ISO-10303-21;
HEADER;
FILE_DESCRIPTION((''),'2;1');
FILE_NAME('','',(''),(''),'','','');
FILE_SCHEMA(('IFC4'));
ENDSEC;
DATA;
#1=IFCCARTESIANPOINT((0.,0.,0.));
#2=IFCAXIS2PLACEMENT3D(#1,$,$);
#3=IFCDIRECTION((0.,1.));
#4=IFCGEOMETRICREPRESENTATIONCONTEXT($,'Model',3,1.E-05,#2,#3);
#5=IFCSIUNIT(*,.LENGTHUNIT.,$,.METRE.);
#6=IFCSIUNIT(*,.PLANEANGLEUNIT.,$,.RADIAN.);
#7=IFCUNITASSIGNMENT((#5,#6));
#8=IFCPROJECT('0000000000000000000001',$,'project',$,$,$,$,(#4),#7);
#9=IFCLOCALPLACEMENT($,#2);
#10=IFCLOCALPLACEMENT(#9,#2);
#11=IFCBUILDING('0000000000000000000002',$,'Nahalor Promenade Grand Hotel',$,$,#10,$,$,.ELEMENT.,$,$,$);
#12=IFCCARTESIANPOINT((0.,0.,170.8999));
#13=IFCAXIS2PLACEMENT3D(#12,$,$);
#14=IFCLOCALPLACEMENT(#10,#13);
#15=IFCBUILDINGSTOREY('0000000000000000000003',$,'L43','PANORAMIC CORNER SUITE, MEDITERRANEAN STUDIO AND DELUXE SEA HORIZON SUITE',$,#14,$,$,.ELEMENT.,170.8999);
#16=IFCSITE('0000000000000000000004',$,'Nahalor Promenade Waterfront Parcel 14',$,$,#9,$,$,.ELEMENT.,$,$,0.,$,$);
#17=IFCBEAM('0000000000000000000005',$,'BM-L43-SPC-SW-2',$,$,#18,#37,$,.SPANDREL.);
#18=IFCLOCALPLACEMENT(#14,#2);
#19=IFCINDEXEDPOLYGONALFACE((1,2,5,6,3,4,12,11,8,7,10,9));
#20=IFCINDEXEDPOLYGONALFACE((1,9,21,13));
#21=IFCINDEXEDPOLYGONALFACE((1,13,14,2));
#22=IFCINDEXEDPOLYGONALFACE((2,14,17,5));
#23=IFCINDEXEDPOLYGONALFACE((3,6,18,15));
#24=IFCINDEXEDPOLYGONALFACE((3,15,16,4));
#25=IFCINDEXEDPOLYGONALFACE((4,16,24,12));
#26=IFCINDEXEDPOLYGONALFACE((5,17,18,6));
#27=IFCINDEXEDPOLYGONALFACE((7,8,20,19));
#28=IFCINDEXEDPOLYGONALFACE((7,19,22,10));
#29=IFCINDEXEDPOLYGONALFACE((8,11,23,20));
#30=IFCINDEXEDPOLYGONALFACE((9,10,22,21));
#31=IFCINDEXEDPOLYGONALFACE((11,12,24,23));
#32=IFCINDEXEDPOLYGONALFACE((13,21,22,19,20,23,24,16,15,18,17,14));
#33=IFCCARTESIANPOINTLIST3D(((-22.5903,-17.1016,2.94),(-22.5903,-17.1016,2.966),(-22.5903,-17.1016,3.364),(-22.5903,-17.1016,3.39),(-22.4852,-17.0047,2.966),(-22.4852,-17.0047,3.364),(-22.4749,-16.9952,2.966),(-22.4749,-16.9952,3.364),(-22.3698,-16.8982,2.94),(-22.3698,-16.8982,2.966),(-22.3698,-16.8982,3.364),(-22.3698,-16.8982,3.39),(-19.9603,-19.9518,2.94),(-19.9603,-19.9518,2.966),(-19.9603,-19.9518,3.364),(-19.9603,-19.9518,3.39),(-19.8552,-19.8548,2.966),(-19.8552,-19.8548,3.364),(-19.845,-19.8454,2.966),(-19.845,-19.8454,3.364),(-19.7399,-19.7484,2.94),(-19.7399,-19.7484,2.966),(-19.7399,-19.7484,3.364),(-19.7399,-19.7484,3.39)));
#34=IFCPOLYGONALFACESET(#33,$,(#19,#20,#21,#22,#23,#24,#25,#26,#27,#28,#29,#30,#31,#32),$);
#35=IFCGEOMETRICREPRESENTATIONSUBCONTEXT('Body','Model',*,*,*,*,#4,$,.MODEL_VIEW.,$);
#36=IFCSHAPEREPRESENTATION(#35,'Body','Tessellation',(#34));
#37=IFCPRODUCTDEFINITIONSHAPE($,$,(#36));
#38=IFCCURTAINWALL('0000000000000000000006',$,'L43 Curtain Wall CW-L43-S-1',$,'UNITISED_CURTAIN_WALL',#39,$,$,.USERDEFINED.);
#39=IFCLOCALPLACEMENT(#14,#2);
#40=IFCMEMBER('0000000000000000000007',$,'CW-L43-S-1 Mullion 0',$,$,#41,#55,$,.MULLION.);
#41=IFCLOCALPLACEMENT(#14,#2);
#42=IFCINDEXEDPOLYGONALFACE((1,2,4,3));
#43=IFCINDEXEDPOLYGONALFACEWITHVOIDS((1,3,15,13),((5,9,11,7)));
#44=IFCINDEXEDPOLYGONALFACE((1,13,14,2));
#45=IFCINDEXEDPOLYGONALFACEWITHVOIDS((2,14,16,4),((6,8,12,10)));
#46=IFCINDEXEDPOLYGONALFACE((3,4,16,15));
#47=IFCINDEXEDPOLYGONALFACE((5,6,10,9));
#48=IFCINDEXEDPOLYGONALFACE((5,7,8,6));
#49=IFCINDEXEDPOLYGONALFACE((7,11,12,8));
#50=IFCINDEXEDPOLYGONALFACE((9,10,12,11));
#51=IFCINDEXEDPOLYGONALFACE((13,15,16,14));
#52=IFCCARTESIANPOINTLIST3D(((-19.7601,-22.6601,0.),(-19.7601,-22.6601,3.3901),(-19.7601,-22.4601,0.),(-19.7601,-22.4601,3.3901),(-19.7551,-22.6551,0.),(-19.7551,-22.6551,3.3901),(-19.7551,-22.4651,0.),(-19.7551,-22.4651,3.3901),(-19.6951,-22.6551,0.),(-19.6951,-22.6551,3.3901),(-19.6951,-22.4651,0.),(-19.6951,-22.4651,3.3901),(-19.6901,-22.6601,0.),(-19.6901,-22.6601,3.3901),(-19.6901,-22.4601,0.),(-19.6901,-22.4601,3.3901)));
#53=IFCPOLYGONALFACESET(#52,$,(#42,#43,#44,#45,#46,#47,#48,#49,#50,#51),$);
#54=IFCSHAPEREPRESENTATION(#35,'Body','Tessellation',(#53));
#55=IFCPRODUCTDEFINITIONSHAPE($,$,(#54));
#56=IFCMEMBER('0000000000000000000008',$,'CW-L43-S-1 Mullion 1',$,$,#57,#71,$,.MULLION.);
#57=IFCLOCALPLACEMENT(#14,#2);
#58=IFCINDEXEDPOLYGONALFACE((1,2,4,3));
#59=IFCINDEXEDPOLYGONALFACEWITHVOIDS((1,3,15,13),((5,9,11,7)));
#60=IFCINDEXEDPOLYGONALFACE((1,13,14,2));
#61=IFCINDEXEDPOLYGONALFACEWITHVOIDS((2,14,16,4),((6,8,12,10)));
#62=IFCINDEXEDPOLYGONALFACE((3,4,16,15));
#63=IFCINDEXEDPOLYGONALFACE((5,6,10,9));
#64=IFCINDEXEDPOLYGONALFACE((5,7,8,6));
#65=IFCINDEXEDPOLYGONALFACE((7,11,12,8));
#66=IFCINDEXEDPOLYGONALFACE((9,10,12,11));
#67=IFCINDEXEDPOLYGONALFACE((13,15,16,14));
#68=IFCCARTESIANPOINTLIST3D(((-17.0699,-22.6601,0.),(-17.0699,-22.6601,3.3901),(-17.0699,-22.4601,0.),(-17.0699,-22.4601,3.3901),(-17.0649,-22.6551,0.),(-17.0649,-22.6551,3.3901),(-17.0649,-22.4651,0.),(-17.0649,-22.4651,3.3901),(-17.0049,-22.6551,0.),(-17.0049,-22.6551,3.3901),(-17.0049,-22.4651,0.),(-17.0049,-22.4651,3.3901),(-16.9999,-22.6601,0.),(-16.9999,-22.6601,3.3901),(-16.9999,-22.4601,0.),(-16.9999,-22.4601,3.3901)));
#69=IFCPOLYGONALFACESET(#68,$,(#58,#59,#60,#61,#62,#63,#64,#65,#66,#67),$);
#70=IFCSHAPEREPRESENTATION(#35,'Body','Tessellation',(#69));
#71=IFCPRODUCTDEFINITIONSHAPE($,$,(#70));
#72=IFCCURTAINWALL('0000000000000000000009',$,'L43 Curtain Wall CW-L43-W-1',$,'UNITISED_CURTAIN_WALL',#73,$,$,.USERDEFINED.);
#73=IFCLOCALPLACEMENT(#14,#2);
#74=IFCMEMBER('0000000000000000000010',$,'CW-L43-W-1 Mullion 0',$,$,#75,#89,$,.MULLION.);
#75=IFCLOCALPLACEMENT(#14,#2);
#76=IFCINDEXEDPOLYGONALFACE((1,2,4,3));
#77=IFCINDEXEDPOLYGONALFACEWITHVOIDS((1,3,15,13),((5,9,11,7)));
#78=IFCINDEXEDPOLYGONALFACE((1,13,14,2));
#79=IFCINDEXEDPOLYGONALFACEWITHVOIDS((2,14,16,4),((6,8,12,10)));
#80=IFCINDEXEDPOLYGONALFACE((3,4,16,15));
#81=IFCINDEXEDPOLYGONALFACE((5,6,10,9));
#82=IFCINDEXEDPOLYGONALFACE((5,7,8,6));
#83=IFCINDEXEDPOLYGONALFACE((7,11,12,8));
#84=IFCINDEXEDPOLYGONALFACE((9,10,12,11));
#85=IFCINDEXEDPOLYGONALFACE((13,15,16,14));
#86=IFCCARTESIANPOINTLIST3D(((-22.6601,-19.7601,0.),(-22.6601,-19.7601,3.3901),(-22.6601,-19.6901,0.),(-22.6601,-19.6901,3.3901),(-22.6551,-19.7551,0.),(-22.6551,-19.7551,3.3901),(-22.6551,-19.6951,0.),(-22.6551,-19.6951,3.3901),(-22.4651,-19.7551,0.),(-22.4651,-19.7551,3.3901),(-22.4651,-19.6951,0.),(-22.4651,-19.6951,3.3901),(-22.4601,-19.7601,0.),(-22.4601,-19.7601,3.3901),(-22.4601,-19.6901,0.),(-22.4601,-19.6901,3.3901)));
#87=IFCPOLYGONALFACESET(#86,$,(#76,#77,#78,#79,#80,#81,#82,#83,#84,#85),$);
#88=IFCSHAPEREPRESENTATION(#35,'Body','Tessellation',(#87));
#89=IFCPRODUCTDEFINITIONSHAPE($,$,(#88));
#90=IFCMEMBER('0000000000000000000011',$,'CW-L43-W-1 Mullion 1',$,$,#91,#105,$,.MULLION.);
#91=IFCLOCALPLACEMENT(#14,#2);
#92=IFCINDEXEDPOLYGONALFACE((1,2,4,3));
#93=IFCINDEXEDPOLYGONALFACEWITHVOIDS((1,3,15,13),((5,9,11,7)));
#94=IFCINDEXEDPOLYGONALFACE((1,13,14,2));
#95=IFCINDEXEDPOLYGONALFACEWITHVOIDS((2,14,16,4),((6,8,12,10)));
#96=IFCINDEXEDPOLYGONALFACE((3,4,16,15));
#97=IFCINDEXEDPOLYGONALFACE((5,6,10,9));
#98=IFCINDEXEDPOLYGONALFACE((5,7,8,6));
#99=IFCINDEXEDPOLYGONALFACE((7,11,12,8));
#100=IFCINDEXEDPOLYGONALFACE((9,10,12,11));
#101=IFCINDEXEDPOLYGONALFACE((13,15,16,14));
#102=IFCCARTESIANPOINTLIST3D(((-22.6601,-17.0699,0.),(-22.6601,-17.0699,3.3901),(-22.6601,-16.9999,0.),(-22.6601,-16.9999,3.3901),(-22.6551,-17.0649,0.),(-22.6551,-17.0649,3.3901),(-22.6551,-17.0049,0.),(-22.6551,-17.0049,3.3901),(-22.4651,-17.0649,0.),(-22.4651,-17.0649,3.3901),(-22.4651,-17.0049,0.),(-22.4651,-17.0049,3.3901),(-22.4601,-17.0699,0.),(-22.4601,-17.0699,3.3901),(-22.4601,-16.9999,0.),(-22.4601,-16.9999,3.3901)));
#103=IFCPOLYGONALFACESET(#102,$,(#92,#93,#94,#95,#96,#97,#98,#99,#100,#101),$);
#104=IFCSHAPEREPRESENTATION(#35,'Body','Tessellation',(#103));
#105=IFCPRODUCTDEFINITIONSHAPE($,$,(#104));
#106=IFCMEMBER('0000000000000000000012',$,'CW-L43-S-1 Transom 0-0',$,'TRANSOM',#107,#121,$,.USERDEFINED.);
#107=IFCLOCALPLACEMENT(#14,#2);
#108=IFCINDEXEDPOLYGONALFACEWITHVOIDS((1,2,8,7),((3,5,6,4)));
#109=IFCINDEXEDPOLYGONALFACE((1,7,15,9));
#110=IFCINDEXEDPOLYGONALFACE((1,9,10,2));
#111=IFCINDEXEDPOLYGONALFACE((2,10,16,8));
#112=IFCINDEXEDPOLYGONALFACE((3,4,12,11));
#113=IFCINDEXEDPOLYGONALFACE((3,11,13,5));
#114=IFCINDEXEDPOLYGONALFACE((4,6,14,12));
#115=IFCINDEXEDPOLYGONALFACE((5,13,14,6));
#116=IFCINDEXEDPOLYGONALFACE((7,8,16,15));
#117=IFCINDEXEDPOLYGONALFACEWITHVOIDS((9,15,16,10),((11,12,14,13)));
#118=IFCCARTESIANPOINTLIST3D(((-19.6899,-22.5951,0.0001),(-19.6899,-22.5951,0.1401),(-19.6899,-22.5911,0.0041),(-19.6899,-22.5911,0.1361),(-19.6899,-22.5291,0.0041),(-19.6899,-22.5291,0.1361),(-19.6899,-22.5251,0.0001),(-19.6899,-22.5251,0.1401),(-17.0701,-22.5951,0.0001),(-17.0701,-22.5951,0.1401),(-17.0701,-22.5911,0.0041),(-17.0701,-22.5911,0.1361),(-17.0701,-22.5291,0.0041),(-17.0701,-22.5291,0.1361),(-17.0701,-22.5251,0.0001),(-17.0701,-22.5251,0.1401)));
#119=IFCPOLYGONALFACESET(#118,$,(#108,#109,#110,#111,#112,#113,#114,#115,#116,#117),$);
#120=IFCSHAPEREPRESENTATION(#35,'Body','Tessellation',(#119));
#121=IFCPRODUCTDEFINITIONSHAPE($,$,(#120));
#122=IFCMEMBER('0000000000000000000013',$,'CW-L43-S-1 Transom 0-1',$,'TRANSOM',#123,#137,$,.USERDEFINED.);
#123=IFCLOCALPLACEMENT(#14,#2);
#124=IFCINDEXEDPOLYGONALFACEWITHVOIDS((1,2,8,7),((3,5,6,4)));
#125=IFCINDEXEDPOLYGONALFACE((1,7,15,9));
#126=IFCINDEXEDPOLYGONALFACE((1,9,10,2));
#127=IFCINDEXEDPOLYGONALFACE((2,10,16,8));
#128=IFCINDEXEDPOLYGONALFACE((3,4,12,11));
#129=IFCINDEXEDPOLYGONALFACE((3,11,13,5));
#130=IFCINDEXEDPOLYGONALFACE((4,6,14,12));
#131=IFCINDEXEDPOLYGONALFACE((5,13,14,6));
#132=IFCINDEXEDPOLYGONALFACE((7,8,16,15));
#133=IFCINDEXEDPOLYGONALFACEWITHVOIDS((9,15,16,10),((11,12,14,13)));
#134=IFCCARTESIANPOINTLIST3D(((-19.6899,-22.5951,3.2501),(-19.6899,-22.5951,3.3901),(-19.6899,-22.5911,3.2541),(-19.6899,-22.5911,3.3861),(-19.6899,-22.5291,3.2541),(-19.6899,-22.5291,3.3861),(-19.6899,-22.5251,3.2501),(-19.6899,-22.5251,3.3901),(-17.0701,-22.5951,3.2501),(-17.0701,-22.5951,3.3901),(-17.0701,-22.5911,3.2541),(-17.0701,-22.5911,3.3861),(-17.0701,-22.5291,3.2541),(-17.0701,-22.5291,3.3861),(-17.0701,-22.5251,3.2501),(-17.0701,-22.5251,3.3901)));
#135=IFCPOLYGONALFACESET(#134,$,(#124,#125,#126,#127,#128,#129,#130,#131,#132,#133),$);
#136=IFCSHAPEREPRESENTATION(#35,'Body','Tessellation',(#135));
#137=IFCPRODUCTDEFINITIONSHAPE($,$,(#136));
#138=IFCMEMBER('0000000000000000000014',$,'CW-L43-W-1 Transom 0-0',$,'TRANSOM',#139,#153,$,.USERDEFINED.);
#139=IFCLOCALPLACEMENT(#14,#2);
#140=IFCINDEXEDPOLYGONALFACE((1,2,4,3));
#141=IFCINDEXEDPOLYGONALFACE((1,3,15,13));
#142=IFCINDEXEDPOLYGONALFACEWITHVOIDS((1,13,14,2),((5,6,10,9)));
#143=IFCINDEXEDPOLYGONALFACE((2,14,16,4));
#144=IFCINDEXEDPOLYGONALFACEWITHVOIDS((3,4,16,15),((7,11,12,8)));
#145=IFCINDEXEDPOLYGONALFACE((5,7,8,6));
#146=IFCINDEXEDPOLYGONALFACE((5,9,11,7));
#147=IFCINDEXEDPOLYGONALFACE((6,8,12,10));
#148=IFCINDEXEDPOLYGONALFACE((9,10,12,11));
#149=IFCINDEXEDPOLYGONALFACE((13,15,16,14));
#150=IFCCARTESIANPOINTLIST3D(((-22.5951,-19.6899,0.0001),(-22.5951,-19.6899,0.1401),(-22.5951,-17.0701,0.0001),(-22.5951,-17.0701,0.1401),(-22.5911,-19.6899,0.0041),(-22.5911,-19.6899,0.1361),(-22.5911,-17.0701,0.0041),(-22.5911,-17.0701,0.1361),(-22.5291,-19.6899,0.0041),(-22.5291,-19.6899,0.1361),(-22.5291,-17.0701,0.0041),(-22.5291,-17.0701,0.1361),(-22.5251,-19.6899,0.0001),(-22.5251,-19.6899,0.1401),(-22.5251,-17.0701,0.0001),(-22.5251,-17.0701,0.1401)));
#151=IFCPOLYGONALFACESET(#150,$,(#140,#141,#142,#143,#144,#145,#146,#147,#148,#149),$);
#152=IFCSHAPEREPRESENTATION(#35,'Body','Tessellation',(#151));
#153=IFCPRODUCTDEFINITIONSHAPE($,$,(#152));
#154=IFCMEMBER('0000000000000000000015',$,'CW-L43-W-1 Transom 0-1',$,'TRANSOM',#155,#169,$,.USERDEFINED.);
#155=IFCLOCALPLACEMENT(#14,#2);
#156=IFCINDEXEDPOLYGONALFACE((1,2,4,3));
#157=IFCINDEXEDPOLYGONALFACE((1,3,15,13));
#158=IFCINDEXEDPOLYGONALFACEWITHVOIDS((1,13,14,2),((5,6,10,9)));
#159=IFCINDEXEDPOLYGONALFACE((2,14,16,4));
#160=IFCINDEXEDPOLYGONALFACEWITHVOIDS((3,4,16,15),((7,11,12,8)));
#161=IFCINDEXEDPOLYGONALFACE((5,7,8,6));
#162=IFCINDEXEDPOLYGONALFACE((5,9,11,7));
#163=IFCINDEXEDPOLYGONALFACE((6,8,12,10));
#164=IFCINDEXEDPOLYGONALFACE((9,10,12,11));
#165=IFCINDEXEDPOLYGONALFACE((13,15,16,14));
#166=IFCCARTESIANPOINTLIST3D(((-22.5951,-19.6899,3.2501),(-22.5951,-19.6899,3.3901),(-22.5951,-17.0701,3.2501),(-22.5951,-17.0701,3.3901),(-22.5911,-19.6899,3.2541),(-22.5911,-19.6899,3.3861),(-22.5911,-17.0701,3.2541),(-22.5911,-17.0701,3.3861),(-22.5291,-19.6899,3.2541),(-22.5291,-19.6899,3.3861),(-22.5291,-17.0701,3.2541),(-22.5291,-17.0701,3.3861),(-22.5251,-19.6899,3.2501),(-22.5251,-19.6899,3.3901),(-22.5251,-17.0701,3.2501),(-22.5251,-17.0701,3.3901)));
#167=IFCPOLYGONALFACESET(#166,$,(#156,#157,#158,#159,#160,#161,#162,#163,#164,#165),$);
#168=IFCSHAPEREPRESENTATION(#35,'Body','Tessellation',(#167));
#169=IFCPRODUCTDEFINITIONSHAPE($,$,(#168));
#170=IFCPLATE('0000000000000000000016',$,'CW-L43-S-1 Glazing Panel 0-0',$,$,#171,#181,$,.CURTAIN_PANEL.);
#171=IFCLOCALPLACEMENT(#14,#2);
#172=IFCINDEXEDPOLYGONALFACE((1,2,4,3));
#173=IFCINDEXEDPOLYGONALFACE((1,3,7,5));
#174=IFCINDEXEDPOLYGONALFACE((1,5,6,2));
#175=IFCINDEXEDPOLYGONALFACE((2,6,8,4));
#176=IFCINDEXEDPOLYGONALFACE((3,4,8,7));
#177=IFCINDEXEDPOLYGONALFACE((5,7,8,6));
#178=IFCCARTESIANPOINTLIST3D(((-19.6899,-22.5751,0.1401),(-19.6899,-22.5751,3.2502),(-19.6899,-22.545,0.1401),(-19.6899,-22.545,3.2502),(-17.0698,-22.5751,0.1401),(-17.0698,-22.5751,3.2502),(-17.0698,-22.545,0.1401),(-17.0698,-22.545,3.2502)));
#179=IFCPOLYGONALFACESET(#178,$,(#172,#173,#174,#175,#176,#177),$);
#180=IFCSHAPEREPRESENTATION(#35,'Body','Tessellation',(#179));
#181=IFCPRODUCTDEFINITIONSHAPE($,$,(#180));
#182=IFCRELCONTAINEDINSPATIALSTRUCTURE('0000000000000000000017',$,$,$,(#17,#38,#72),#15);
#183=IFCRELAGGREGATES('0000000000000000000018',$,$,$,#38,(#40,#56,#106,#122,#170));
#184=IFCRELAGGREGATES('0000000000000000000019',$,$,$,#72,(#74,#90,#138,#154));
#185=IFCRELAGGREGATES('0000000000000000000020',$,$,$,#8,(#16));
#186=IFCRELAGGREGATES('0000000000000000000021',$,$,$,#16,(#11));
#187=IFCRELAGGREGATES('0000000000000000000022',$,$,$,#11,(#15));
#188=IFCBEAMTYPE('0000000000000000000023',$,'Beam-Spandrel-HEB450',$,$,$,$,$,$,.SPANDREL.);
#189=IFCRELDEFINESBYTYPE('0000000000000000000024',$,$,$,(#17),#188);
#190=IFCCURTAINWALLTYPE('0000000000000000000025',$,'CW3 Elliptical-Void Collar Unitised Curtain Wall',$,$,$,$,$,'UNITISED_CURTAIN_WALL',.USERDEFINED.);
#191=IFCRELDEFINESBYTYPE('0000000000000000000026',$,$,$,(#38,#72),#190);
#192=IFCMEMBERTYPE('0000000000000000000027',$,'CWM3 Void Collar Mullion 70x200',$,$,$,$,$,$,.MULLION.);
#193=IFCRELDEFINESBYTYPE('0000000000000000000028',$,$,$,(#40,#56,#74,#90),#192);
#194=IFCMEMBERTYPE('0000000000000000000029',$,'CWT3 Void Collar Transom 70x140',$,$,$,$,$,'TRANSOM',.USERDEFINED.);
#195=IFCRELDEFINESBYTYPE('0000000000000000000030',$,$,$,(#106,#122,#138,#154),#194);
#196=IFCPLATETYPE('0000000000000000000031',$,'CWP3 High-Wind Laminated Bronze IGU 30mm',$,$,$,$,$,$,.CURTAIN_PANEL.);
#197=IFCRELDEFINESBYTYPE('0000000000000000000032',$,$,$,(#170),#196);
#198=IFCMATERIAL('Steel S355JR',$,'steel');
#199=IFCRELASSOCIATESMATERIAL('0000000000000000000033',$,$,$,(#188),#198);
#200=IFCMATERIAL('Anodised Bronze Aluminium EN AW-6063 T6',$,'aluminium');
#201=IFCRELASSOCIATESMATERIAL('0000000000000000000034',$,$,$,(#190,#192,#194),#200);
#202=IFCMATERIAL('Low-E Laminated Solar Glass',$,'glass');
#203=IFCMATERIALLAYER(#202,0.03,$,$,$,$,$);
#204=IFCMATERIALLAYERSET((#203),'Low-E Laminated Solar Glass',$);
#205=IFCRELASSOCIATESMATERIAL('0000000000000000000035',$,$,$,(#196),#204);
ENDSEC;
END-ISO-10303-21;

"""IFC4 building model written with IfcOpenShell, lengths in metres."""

from ifc_helpers import new_model, si_unit, direction, frame, origin, origin_2d, place, context, subcontext, project, spatial, rectangle, hollow_rectangle, i_section, extrude, source, transform, mapped, material, layer, layer_set, material_profile, profile_set, type_object, element, aggregate, save


model = new_model("IFC4")

# Units and contexts
model_context = context("Model", 3, precision=1e-05, world=origin(), true_north=direction((0.0, 1.0)))
body_context = subcontext(model_context, "Body", "Model", "MODEL_VIEW")
ifc_project = project(units=[si_unit("LENGTHUNIT", "METRE"), si_unit("PLANEANGLEUNIT", "RADIAN")], contexts=[model_context])

# Site, building, storey
site_placement = place(None, origin())
site = spatial("IfcSite", under=ifc_project, at=site_placement, Name="Nahalor Promenade Waterfront Parcel 14", CompositionType="ELEMENT", RefElevation=0.0)
building_placement = place(site_placement, origin())
building = spatial("IfcBuilding", under=site, at=building_placement, Name="Nahalor Promenade Grand Hotel", CompositionType="ELEMENT")
storey_placement = place(building_placement, frame((0.0, 0.0, 170.8999)))
storey = spatial("IfcBuildingStorey", under=building, at=storey_placement, Name="L43", Description="PANORAMIC CORNER SUITE, MEDITERRANEAN STUDIO AND DELUXE SEA HORIZON SUITE", CompositionType="ELEMENT", Elevation=170.8999)

# Beam
ifc_material_1 = material(Name="Steel S355JR", Category="steel")
ifc_material_profile_1 = material_profile(ifc_material_1, i_section(OverallWidth=0.3, OverallDepth=0.45, WebThickness=0.014, FlangeThickness=0.026, at=origin_2d()), Name="HEB 450")
ifc_profile_set_1 = profile_set([ifc_material_profile_1], Name="Steel S355JR")
beam_type_1 = type_object("IfcBeamType", Name="Beam-Spandrel-HEB450", PredefinedType="SPANDREL", material=ifc_profile_set_1)
shared_shape_1 = source(origin(), body_context, "Body", "SweptSolid", [
    extrude(i_section(OverallWidth=0.3, OverallDepth=0.45, WebThickness=0.014, FlangeThickness=0.026, at=origin_2d()), origin(), (0.0, 0.0, 1.0), 3.8782),
])
for number, where, z_axis, x_axis, name in (
    (1, (-19.8501, -19.8501, 3.165), (-0.678144, 0.734929, 0.0), (-0.734929, -0.678144, 0.0), "BM-L43-SPC-SW-2"),
):
    element("IfcBeam", number, at=place(storey_placement, frame(where, z_axis=z_axis, x_axis=x_axis)), inside=storey, type_object=beam_type_1, Name=name, PredefinedType="SPANDREL", context=body_context, shape_type="MappedRepresentation", body=[
        mapped(shared_shape_1, transform((0.0, 0.0, 0.0), scale=1.0)),
    ])

# Curtain walls, members
ifc_material_2 = material(Name="Anodised Bronze Aluminium EN AW-6063 T6", Category="aluminium")
curtain_wall_type = type_object("IfcCurtainWallType", Name="CW3 Elliptical-Void Collar Unitised Curtain Wall", ElementType="UNITISED_CURTAIN_WALL", PredefinedType="USERDEFINED", material=ifc_material_2)
curtain_wall_1_placement = place(storey_placement, origin())
curtain_wall_1 = element("IfcCurtainWall", 2, at=curtain_wall_1_placement, inside=storey, type_object=curtain_wall_type, Name="L43 Curtain Wall CW-L43-S-1", ObjectType="UNITISED_CURTAIN_WALL", PredefinedType="USERDEFINED")
ifc_material_profile_2 = material_profile(ifc_material_2, hollow_rectangle(XDim=0.07, YDim=0.2, WallThickness=0.005, at=origin_2d()), Name="CWM 70x200x5")
ifc_profile_set_2 = profile_set([ifc_material_profile_2], Name="Anodised Bronze Aluminium EN AW-6063 T6")
member_type_1 = type_object("IfcMemberType", Name="CWM3 Void Collar Mullion 70x200", PredefinedType="MULLION", material=ifc_profile_set_2)
shared_shape_2 = source(origin(), body_context, "Body", "SweptSolid", [
    extrude(hollow_rectangle(XDim=0.07, YDim=0.2, WallThickness=0.005, at=origin_2d()), origin(), (0.0, 0.0, 1.0), 3.3901),
])
member_1_placement = place(storey_placement, frame((-19.7251, -22.5601, 0.0), z_axis=(0.0, 0.0, 1.0), x_axis=(1.0, 0.0, 0.0)))
member_1 = element("IfcMember", 3, at=member_1_placement, type_object=member_type_1, Name="CW-L43-S-1 Mullion 0", PredefinedType="MULLION", context=body_context, shape_type="MappedRepresentation", body=[
    mapped(shared_shape_2, transform((0.0, 0.0, 0.0), scale=1.0)),
])
member_2_placement = place(storey_placement, frame((-17.0349, -22.5601, 0.0), z_axis=(0.0, 0.0, 1.0), x_axis=(1.0, 0.0, 0.0)))
member_2 = element("IfcMember", 4, at=member_2_placement, type_object=member_type_1, Name="CW-L43-S-1 Mullion 1", PredefinedType="MULLION", context=body_context, shape_type="MappedRepresentation", body=[
    mapped(shared_shape_2, transform((0.0, 0.0, 0.0), scale=1.0)),
])
curtain_wall_2_placement = place(storey_placement, origin())
curtain_wall_2 = element("IfcCurtainWall", 5, at=curtain_wall_2_placement, inside=storey, type_object=curtain_wall_type, Name="L43 Curtain Wall CW-L43-W-1", ObjectType="UNITISED_CURTAIN_WALL", PredefinedType="USERDEFINED")
member_3_placement = place(storey_placement, frame((-22.5601, -19.7251, 0.0), z_axis=(0.0, 0.0, 1.0), x_axis=(0.0, 1.0, 0.0)))
member_3 = element("IfcMember", 6, at=member_3_placement, type_object=member_type_1, Name="CW-L43-W-1 Mullion 0", PredefinedType="MULLION", context=body_context, shape_type="MappedRepresentation", body=[
    mapped(shared_shape_2, transform((0.0, 0.0, 0.0), scale=1.0)),
])
member_4_placement = place(storey_placement, frame((-22.5601, -17.0349, 0.0), z_axis=(0.0, 0.0, 1.0), x_axis=(0.0, 1.0, 0.0)))
member_4 = element("IfcMember", 7, at=member_4_placement, type_object=member_type_1, Name="CW-L43-W-1 Mullion 1", PredefinedType="MULLION", context=body_context, shape_type="MappedRepresentation", body=[
    mapped(shared_shape_2, transform((0.0, 0.0, 0.0), scale=1.0)),
])

# Members
ifc_material_profile_3 = material_profile(ifc_material_2, hollow_rectangle(XDim=0.07, YDim=0.14, WallThickness=0.004, at=origin_2d()), Name="CWT 70x140x4")
ifc_profile_set_3 = profile_set([ifc_material_profile_3], Name="Anodised Bronze Aluminium EN AW-6063 T6")
member_type_2 = type_object("IfcMemberType", Name="CWT3 Void Collar Transom 70x140", ElementType="TRANSOM", PredefinedType="USERDEFINED", material=ifc_profile_set_3)
shared_shape_3 = source(origin(), body_context, "Body", "SweptSolid", [
    extrude(hollow_rectangle(XDim=0.07, YDim=0.14, WallThickness=0.004, at=origin_2d()), origin(), (0.0, 0.0, 1.0), 2.6199),
])
member_5_placement = place(storey_placement, frame((-19.6899, -22.5601, 0.0701), z_axis=(1.0, 0.0, 0.0), x_axis=(0.0, 1.0, 0.0)))
member_5 = element("IfcMember", 8, at=member_5_placement, type_object=member_type_2, Name="CW-L43-S-1 Transom 0-0", ObjectType="TRANSOM", PredefinedType="USERDEFINED", context=body_context, shape_type="MappedRepresentation", body=[
    mapped(shared_shape_3, transform((0.0, 0.0, 0.0), scale=1.0)),
])
member_6_placement = place(storey_placement, frame((-19.6899, -22.5601, 3.3201), z_axis=(1.0, 0.0, 0.0), x_axis=(0.0, 1.0, 0.0)))
member_6 = element("IfcMember", 9, at=member_6_placement, type_object=member_type_2, Name="CW-L43-S-1 Transom 0-1", ObjectType="TRANSOM", PredefinedType="USERDEFINED", context=body_context, shape_type="MappedRepresentation", body=[
    mapped(shared_shape_3, transform((0.0, 0.0, 0.0), scale=1.0)),
])
member_7_placement = place(storey_placement, frame((-22.5601, -19.6899, 0.0701), z_axis=(0.0, 1.0, 0.0), x_axis=(-1.0, 0.0, 0.0)))
member_7 = element("IfcMember", 10, at=member_7_placement, type_object=member_type_2, Name="CW-L43-W-1 Transom 0-0", ObjectType="TRANSOM", PredefinedType="USERDEFINED", context=body_context, shape_type="MappedRepresentation", body=[
    mapped(shared_shape_3, transform((0.0, 0.0, 0.0), scale=1.0)),
])
member_8_placement = place(storey_placement, frame((-22.5601, -19.6899, 3.3201), z_axis=(0.0, 1.0, 0.0), x_axis=(-1.0, 0.0, 0.0)))
member_8 = element("IfcMember", 11, at=member_8_placement, type_object=member_type_2, Name="CW-L43-W-1 Transom 0-1", ObjectType="TRANSOM", PredefinedType="USERDEFINED", context=body_context, shape_type="MappedRepresentation", body=[
    mapped(shared_shape_3, transform((0.0, 0.0, 0.0), scale=1.0)),
])

# Plate
ifc_material_3 = material(Name="Low-E Laminated Solar Glass", Category="glass")
ifc_layer_1 = layer(ifc_material_3, 0.03)
ifc_layer_set_1 = layer_set([ifc_layer_1], Name="Low-E Laminated Solar Glass")
plate_type = type_object("IfcPlateType", Name="CWP3 High-Wind Laminated Bronze IGU 30mm", PredefinedType="CURTAIN_PANEL", material=ifc_layer_set_1)
shared_shape_4 = source(origin(), body_context, "Body", "SweptSolid", [
    extrude(rectangle(XDim=2.6201, YDim=0.03, at=origin_2d()), origin(), (0.0, 0.0, 1.0), 3.1101),
])
plate_1_placement = place(storey_placement, frame((-18.3799, -22.5601, 0.1401), z_axis=(0.0, 0.0, 1.0), x_axis=(1.0, 0.0, 0.0)))
plate_1 = element("IfcPlate", 12, at=plate_1_placement, type_object=plate_type, Name="CW-L43-S-1 Glazing Panel 0-0", PredefinedType="CURTAIN_PANEL", context=body_context, shape_type="MappedRepresentation", body=[
    mapped(shared_shape_4, transform((0.0, 0.0, 0.0), scale=1.0)),
])
aggregate(curtain_wall_1, [member_1, member_2, member_5, member_6, plate_1])
aggregate(curtain_wall_2, [member_3, member_4, member_7, member_8])

save(model, "model.ifc")
